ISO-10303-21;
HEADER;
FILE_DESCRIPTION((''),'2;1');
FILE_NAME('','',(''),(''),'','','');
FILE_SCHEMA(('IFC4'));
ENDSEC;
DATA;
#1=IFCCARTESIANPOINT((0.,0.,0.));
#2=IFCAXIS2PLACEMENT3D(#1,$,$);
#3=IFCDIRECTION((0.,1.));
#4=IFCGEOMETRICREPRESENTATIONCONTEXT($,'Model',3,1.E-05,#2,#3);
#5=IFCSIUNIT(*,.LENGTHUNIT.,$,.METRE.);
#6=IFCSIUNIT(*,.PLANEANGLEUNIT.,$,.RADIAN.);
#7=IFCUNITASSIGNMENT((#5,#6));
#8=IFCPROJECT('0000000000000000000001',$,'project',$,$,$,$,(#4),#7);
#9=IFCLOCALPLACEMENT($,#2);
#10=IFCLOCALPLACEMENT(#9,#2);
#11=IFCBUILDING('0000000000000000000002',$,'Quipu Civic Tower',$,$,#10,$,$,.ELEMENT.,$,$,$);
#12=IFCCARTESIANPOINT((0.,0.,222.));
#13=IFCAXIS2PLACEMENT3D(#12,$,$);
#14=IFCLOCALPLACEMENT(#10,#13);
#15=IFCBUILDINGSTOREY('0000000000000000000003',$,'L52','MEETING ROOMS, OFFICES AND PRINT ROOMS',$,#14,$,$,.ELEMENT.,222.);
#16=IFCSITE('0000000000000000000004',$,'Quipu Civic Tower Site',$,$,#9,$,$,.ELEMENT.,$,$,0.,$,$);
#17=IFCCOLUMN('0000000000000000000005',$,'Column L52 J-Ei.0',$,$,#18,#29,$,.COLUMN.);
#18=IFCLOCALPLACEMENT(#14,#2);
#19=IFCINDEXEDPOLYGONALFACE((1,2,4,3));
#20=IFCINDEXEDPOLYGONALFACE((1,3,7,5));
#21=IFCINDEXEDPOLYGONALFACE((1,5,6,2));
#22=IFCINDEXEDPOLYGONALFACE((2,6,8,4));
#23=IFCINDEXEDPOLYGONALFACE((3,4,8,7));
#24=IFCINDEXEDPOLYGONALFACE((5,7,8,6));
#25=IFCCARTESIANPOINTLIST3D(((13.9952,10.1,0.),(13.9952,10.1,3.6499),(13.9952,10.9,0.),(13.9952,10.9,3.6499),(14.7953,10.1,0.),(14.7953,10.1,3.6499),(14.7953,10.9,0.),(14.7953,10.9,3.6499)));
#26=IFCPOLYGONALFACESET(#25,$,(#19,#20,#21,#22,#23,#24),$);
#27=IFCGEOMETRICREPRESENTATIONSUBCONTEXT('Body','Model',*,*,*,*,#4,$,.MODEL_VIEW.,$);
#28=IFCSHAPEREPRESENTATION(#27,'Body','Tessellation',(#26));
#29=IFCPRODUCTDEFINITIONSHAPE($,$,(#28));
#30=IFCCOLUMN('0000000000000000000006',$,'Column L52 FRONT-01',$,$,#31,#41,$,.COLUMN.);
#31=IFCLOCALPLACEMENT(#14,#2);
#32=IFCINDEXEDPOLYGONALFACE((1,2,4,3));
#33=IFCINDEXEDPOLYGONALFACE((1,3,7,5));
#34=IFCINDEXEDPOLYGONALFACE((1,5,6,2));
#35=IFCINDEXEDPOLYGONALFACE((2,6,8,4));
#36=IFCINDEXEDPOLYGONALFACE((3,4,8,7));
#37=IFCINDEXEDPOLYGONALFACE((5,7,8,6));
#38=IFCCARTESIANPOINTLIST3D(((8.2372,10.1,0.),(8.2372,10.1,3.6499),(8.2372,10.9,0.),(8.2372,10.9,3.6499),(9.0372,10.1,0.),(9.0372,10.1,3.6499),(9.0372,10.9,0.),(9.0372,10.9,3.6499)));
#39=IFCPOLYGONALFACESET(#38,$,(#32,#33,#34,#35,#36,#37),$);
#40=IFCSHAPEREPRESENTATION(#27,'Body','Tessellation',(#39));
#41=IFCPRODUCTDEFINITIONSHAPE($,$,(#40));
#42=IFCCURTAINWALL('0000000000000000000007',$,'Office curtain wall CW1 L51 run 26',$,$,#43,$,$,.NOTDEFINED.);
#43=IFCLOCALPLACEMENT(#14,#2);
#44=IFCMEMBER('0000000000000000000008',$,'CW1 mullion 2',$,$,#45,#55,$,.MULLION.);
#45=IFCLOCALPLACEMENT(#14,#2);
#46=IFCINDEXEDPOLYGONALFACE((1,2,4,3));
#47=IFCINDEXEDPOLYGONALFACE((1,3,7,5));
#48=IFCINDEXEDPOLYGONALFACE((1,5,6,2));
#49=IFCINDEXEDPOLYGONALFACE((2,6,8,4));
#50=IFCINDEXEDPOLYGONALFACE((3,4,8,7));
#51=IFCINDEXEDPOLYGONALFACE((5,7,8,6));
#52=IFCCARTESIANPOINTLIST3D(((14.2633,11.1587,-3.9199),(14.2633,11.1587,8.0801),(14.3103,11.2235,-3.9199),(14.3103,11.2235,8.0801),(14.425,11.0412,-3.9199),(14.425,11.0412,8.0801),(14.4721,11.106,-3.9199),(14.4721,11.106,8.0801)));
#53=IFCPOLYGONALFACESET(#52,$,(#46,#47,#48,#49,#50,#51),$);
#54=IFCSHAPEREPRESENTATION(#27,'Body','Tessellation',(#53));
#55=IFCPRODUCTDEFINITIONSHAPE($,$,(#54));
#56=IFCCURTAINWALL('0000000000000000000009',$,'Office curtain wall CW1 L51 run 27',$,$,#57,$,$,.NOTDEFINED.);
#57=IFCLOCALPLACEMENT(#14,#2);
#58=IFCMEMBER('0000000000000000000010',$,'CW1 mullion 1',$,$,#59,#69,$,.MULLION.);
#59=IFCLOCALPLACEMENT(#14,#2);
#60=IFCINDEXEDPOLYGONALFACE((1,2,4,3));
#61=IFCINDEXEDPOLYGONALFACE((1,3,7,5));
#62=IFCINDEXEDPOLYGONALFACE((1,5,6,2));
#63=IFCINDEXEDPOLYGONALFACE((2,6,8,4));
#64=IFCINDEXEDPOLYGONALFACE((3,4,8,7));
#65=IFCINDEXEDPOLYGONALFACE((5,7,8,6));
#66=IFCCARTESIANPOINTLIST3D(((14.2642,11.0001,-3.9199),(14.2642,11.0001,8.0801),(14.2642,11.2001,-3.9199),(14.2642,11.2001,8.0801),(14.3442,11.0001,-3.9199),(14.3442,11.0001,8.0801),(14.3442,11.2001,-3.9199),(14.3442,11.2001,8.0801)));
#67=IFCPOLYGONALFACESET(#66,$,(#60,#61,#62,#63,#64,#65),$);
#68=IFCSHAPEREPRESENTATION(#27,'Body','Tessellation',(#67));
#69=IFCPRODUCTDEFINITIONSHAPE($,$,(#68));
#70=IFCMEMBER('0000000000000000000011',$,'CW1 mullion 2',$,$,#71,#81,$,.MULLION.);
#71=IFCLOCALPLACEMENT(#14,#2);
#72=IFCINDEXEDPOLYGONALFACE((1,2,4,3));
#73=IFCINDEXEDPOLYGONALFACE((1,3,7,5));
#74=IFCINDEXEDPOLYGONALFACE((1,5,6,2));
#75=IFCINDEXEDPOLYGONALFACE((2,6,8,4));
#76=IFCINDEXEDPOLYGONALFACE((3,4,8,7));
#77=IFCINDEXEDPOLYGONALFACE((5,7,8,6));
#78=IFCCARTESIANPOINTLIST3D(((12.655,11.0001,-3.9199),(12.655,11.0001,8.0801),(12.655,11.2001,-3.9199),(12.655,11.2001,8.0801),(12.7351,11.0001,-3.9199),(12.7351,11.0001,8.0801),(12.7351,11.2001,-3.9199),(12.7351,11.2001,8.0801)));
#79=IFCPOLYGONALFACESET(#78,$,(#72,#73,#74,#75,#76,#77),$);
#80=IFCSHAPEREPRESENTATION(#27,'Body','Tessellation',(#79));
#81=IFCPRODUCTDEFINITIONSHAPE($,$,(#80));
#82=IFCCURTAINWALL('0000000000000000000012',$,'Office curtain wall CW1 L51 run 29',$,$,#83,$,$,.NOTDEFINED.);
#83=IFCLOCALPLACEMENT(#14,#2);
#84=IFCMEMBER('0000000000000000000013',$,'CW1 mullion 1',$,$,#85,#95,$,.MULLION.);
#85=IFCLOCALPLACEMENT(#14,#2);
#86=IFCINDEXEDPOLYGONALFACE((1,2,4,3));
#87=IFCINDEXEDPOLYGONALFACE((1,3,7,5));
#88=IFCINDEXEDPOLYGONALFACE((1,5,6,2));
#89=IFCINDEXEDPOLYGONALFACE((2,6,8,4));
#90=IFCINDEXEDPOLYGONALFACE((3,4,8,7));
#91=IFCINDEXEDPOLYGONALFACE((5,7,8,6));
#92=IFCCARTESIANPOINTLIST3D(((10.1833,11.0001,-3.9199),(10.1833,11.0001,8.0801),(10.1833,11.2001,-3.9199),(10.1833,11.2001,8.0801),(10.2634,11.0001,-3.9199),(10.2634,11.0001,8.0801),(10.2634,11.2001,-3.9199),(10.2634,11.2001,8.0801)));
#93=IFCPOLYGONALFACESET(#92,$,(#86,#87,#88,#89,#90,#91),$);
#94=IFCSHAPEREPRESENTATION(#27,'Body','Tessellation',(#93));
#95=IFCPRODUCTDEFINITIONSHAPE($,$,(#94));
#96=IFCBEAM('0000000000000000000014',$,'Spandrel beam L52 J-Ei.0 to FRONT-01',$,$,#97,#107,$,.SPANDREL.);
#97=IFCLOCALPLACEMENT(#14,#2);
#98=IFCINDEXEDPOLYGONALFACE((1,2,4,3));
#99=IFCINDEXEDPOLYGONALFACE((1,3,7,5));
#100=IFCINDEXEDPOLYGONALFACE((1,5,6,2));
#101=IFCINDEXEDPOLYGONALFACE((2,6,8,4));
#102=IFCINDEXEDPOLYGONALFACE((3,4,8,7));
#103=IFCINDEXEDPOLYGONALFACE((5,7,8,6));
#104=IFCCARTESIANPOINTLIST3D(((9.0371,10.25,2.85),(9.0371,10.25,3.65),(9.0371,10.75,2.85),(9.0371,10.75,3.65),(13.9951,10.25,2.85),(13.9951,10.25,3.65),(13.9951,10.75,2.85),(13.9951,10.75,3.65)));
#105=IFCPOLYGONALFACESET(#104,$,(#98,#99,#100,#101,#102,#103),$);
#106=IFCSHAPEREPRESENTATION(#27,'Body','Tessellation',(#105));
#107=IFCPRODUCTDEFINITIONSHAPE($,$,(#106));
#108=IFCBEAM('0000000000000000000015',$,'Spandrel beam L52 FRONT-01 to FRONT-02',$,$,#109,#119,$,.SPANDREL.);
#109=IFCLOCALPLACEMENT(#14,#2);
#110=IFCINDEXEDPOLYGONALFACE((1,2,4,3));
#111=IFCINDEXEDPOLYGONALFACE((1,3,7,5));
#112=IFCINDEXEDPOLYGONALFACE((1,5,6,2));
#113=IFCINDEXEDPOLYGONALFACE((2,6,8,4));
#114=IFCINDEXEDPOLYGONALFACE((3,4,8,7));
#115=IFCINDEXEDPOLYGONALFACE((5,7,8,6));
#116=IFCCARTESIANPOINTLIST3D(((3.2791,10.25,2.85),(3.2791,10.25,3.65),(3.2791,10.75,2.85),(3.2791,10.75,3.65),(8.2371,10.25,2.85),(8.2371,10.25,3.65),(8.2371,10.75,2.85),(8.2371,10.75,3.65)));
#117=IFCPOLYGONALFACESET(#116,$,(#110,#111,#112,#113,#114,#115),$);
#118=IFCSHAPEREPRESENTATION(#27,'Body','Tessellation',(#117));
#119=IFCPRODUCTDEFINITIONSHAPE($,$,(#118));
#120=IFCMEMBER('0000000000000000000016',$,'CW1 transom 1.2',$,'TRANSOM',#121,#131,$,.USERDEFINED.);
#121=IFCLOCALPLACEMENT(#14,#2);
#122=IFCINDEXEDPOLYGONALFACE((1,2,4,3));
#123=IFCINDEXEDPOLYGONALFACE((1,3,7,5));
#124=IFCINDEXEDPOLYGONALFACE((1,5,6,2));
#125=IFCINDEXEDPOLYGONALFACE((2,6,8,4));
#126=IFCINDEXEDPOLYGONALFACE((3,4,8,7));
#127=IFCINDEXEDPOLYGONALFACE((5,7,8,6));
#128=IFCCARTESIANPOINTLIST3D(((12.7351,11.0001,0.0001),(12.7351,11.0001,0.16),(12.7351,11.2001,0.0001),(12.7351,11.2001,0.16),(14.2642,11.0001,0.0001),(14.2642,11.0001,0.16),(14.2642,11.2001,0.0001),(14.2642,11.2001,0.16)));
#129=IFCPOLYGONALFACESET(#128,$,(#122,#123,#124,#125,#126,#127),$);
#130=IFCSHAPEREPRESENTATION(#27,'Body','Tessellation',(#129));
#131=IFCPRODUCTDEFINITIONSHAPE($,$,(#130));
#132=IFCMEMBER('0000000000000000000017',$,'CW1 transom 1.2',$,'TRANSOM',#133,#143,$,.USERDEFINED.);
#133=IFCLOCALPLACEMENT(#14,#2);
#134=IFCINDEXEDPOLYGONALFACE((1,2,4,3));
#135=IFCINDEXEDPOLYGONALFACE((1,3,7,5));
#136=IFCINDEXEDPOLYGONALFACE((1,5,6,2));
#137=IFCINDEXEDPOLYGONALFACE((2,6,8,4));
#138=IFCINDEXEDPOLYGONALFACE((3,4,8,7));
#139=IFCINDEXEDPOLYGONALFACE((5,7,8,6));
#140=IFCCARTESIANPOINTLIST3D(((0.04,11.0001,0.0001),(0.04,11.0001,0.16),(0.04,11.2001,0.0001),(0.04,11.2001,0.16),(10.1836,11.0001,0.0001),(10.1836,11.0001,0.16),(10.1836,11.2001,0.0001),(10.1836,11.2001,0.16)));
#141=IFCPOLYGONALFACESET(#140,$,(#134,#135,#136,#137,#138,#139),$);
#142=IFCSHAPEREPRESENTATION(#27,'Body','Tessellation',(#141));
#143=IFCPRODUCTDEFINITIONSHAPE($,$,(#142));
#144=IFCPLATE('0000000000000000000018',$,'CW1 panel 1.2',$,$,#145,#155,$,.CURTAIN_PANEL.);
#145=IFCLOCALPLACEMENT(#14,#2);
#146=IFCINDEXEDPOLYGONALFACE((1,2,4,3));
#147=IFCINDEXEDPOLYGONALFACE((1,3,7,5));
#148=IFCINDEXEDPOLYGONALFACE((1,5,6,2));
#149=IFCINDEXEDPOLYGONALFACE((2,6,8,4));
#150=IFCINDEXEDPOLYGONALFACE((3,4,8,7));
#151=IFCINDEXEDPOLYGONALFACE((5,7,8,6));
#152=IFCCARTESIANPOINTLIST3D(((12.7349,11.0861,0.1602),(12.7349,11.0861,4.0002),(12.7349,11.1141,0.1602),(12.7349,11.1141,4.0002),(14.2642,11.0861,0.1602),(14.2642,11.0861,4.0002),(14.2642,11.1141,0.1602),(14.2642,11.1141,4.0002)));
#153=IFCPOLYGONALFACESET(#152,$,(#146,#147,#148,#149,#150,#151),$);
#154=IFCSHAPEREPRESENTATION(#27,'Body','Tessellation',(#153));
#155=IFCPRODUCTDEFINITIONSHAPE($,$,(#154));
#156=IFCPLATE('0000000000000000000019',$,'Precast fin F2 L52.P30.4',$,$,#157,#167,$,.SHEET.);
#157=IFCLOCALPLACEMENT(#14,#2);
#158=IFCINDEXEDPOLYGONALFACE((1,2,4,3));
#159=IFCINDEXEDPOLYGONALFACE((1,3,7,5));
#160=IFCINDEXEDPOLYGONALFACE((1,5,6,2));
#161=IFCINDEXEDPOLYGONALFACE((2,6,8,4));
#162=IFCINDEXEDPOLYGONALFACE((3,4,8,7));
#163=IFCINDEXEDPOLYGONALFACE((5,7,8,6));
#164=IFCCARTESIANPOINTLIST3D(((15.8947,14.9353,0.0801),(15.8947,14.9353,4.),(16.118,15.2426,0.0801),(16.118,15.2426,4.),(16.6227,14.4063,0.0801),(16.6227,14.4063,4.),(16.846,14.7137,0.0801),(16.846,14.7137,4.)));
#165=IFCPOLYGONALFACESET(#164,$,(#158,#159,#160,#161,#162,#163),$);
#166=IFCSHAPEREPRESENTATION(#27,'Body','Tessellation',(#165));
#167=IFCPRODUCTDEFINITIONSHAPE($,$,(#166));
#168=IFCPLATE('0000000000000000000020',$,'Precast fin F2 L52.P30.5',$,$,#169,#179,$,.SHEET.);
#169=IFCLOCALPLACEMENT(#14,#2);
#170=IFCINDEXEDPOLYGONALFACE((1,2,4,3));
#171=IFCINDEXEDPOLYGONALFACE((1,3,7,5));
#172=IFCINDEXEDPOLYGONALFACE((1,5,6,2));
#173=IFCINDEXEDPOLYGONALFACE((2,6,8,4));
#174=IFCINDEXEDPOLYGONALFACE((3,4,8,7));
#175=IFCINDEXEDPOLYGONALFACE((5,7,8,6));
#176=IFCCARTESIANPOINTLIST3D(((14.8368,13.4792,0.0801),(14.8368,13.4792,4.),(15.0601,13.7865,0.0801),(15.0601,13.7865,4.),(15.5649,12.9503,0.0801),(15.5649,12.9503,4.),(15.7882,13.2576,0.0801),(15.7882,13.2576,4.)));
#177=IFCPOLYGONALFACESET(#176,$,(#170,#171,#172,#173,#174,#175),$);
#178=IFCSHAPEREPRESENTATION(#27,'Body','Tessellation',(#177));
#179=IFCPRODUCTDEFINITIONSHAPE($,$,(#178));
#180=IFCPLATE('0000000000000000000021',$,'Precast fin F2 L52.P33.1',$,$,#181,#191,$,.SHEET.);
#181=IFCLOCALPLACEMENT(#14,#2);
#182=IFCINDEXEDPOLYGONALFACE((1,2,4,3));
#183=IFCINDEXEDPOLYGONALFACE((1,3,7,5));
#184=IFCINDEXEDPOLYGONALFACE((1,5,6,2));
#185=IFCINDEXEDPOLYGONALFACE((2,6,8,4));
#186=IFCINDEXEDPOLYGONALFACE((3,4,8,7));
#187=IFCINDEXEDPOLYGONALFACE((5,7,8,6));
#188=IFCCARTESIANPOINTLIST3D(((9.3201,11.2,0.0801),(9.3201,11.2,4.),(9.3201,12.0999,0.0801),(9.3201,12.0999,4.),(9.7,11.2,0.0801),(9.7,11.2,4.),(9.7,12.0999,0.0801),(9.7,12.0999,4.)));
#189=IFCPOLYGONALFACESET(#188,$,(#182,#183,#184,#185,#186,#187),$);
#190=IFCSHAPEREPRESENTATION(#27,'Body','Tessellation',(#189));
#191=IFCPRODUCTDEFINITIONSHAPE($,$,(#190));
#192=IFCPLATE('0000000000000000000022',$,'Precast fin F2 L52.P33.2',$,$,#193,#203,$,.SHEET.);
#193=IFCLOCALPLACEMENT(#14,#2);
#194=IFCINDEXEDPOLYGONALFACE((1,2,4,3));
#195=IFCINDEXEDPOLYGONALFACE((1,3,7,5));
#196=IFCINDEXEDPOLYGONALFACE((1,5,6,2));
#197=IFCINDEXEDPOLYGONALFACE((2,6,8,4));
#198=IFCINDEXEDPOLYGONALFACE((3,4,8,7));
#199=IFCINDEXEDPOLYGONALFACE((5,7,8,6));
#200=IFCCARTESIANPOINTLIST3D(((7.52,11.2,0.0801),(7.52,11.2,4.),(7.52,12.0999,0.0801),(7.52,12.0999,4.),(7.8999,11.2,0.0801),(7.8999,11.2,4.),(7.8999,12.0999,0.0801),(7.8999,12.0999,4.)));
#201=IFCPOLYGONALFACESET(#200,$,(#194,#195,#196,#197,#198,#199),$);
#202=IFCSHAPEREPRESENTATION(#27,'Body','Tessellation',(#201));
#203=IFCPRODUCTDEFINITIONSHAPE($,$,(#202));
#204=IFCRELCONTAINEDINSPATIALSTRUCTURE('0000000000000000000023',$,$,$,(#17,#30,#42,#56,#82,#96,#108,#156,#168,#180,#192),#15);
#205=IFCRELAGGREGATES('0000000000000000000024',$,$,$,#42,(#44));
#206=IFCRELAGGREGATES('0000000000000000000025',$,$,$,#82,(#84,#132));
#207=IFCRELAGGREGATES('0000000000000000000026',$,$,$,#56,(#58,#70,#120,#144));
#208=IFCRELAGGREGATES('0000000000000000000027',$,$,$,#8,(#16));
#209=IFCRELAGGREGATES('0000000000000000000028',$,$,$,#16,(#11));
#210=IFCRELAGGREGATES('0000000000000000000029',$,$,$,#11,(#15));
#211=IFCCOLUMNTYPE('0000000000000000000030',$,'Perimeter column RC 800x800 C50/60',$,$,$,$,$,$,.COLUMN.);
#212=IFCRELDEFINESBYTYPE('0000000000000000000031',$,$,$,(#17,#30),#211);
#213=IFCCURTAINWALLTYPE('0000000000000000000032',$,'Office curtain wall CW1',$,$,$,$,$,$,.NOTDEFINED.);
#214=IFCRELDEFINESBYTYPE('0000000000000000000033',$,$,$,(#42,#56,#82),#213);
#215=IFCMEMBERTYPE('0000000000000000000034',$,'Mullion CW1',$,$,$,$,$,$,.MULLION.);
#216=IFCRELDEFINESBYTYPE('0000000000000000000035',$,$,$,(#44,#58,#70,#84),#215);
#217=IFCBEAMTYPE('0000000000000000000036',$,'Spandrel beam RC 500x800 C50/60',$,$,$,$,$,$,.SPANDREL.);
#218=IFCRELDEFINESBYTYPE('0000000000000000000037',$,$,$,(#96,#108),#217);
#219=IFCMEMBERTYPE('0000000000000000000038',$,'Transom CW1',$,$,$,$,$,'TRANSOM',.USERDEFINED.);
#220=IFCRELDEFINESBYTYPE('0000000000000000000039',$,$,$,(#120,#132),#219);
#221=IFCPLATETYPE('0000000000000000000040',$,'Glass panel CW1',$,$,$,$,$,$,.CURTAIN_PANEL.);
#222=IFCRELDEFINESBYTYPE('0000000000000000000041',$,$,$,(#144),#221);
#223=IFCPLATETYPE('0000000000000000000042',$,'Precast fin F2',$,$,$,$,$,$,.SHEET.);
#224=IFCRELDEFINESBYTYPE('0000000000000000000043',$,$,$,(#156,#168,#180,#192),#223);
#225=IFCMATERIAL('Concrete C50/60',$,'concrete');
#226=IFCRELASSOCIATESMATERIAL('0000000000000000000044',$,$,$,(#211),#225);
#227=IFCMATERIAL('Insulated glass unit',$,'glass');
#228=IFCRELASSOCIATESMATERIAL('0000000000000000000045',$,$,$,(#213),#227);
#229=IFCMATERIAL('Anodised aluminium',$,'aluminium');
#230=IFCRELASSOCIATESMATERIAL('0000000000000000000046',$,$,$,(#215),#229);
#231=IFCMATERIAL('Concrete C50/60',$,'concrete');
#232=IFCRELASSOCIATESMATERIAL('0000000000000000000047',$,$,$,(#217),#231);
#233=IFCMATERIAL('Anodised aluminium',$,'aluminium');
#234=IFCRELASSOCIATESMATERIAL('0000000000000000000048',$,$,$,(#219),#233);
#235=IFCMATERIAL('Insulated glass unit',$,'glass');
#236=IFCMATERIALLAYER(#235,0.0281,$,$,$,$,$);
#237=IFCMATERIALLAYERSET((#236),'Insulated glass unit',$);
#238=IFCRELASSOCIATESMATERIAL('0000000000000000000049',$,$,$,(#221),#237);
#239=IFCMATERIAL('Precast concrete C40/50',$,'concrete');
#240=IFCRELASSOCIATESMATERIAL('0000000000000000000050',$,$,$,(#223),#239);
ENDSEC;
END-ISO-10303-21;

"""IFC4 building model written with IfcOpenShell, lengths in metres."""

from ifc_helpers import new_model, si_unit, direction, frame, origin, origin_2d, place, context, subcontext, project, spatial, rectangle, extrude, material, layer, layer_set, material_profile, profile_set, type_object, element, aggregate, save


model = new_model("IFC4")

# Units and contexts
model_context = context("Model", 3, precision=1e-05, world=origin(), true_north=direction((0.0, 1.0)))
body_context = subcontext(model_context, "Body", "Model", "MODEL_VIEW")
ifc_project = project(units=[si_unit("LENGTHUNIT", "METRE"), si_unit("PLANEANGLEUNIT", "RADIAN")], contexts=[model_context])

# Site, building, storey
site_placement = place(None, origin())
site = spatial("IfcSite", under=ifc_project, at=site_placement, Name="Quipu Civic Tower Site", CompositionType="ELEMENT", RefElevation=0.0)
building_placement = place(site_placement, origin())
building = spatial("IfcBuilding", under=site, at=building_placement, Name="Quipu Civic Tower", CompositionType="ELEMENT")
storey_placement = place(building_placement, frame((0.0, 0.0, 222.0)))
storey = spatial("IfcBuildingStorey", under=building, at=storey_placement, Name="L52", Description="MEETING ROOMS, OFFICES AND PRINT ROOMS", CompositionType="ELEMENT", Elevation=222.0)

# Columns
ifc_material_1 = material(Name="Concrete C50/60", Category="concrete")
ifc_material_profile_1 = material_profile(ifc_material_1, rectangle(XDim=0.8, YDim=0.8, at=origin_2d()), Name="RC800x800")
ifc_profile_set_1 = profile_set([ifc_material_profile_1], Name="Concrete C50/60")
column_type = type_object("IfcColumnType", Name="Perimeter column RC 800x800 C50/60", PredefinedType="COLUMN", material=ifc_profile_set_1)
for number, where, z_axis, x_axis, name in (
    (1, (14.3953, 10.5, 0.0), (0.0, 0.0, 1.0), (-1.0, 0.0, 0.0), "Column L52 J-Ei.0"),
    (2, (8.6372, 10.5, 0.0), (0.0, 0.0, 1.0), (-1.0, 0.0, 0.0), "Column L52 FRONT-01"),
):
    element("IfcColumn", number, at=place(storey_placement, frame(where, z_axis=z_axis, x_axis=x_axis)), inside=storey, type_object=column_type, Name=name, PredefinedType="COLUMN", context=body_context, shape_type="SweptSolid", body=[
        extrude(rectangle(XDim=0.8, YDim=0.8, at=origin_2d()), origin(), (0.0, 0.0, 1.0), 3.6499),
    ])

# Curtain wall, member
ifc_material_2 = material(Name="Insulated glass unit", Category="glass")
curtain_wall_type = type_object("IfcCurtainWallType", Name="Office curtain wall CW1", PredefinedType="NOTDEFINED", material=ifc_material_2)
curtain_wall_1_placement = place(storey_placement, origin())
curtain_wall_1 = element("IfcCurtainWall", 3, at=curtain_wall_1_placement, inside=storey, type_object=curtain_wall_type, Name="Office curtain wall CW1 L51 run 26", PredefinedType="NOTDEFINED")
ifc_material_3 = material(Name="Anodised aluminium", Category="aluminium")
ifc_material_profile_2 = material_profile(ifc_material_3, rectangle(XDim=0.2, YDim=0.0801, at=origin_2d()), Name="RECT 200x80")
ifc_profile_set_2 = profile_set([ifc_material_profile_2], Name="Anodised aluminium")
member_type_1 = type_object("IfcMemberType", Name="Mullion CW1", PredefinedType="MULLION", material=ifc_profile_set_2)
member_1_placement = place(storey_placement, frame((14.3677, 11.1323, -3.9199), z_axis=(0.0, 0.0, 1.0), x_axis=(0.809015, -0.587788, 0.0)))
member_1 = element("IfcMember", 4, at=member_1_placement, type_object=member_type_1, Name="CW1 mullion 2", PredefinedType="MULLION", context=body_context, shape_type="SweptSolid", body=[
    extrude(rectangle(XDim=0.2, YDim=0.0801, at=origin_2d()), origin(), (0.0, 0.0, 1.0), 12.0),
])
aggregate(curtain_wall_1, [member_1])

# Curtain wall, members
curtain_wall_2_placement = place(storey_placement, origin())
curtain_wall_2 = element("IfcCurtainWall", 5, at=curtain_wall_2_placement, inside=storey, type_object=curtain_wall_type, Name="Office curtain wall CW1 L51 run 27", PredefinedType="NOTDEFINED")
member_2_placement = place(storey_placement, frame((14.3042, 11.1001, -3.9199), z_axis=(0.0, 0.0, 1.0), x_axis=(0.0, -1.0, 0.0)))
member_2 = element("IfcMember", 6, at=member_2_placement, type_object=member_type_1, Name="CW1 mullion 1", PredefinedType="MULLION", context=body_context, shape_type="SweptSolid", body=[
    extrude(rectangle(XDim=0.2, YDim=0.0801, at=origin_2d()), origin(), (0.0, 0.0, 1.0), 12.0),
])
member_3_placement = place(storey_placement, frame((12.6951, 11.1001, -3.9199), z_axis=(0.0, 0.0, 1.0), x_axis=(0.0, -1.0, 0.0)))
member_3 = element("IfcMember", 7, at=member_3_placement, type_object=member_type_1, Name="CW1 mullion 2", PredefinedType="MULLION", context=body_context, shape_type="SweptSolid", body=[
    extrude(rectangle(XDim=0.2, YDim=0.0801, at=origin_2d()), origin(), (0.0, 0.0, 1.0), 12.0),
])

# Curtain wall, member
curtain_wall_3_placement = place(storey_placement, origin())
curtain_wall_3 = element("IfcCurtainWall", 8, at=curtain_wall_3_placement, inside=storey, type_object=curtain_wall_type, Name="Office curtain wall CW1 L51 run 29", PredefinedType="NOTDEFINED")
member_4_placement = place(storey_placement, frame((10.2234, 11.1001, -3.9199), z_axis=(0.0, 0.0, 1.0), x_axis=(0.0, -1.0, 0.0)))
member_4 = element("IfcMember", 9, at=member_4_placement, type_object=member_type_1, Name="CW1 mullion 1", PredefinedType="MULLION", context=body_context, shape_type="SweptSolid", body=[
    extrude(rectangle(XDim=0.2, YDim=0.0801, at=origin_2d()), origin(), (0.0, 0.0, 1.0), 12.0),
])

# Beams
ifc_material_4 = material(Name="Concrete C50/60", Category="concrete")
ifc_material_profile_3 = material_profile(ifc_material_4, rectangle(XDim=0.5, YDim=0.8, at=origin_2d()), Name="RC500x800")
ifc_profile_set_3 = profile_set([ifc_material_profile_3], Name="Concrete C50/60")
beam_type = type_object("IfcBeamType", Name="Spandrel beam RC 500x800 C50/60", PredefinedType="SPANDREL", material=ifc_profile_set_3)
for number, where, z_axis, x_axis, name in (
    (10, (13.9951, 10.5, 3.25), (-1.0, 0.0, 0.0), (0.0, -1.0, 0.0), "Spandrel beam L52 J-Ei.0 to FRONT-01"),
    (11, (8.2371, 10.5, 3.25), (-1.0, 0.0, 0.0), (0.0, -1.0, 0.0), "Spandrel beam L52 FRONT-01 to FRONT-02"),
):
    element("IfcBeam", number, at=place(storey_placement, frame(where, z_axis=z_axis, x_axis=x_axis)), inside=storey, type_object=beam_type, Name=name, PredefinedType="SPANDREL", context=body_context, shape_type="SweptSolid", body=[
        extrude(rectangle(XDim=0.5, YDim=0.8, at=origin_2d()), origin(), (0.0, 0.0, 1.0), 4.958),
    ])

# Members
ifc_material_5 = material(Name="Anodised aluminium", Category="aluminium")
ifc_material_profile_4 = material_profile(ifc_material_5, rectangle(XDim=0.2, YDim=0.1599, at=origin_2d()), Name="RECT 200x160")
ifc_profile_set_4 = profile_set([ifc_material_profile_4], Name="Anodised aluminium")
member_type_2 = type_object("IfcMemberType", Name="Transom CW1", ElementType="TRANSOM", PredefinedType="USERDEFINED", material=ifc_profile_set_4)
member_5_placement = place(storey_placement, frame((14.2642, 11.1001, 0.0801), z_axis=(-1.0, 0.0, 0.0), x_axis=(0.0, -1.0, 0.0)))
member_5 = element("IfcMember", 12, at=member_5_placement, type_object=member_type_2, Name="CW1 transom 1.2", ObjectType="TRANSOM", PredefinedType="USERDEFINED", context=body_context, shape_type="SweptSolid", body=[
    extrude(rectangle(XDim=0.2, YDim=0.1599, at=origin_2d()), origin(), (0.0, 0.0, 1.0), 1.5291),
])
member_6_placement = place(storey_placement, frame((10.1836, 11.1001, 0.0801), z_axis=(-1.0, 0.0, 0.0), x_axis=(0.0, -1.0, 0.0)))
member_6 = element("IfcMember", 13, at=member_6_placement, type_object=member_type_2, Name="CW1 transom 1.2", ObjectType="TRANSOM", PredefinedType="USERDEFINED", context=body_context, shape_type="SweptSolid", body=[
    extrude(rectangle(XDim=0.2, YDim=0.1599, at=origin_2d()), origin(), (0.0, 0.0, 1.0), 10.1436),
])
aggregate(curtain_wall_3, [member_4, member_6])

# Plate
ifc_material_6 = material(Name="Insulated glass unit", Category="glass")
ifc_layer_1 = layer(ifc_material_6, 0.0281)
ifc_layer_set_1 = layer_set([ifc_layer_1], Name="Insulated glass unit")
plate_type_1 = type_object("IfcPlateType", Name="Glass panel CW1", PredefinedType="CURTAIN_PANEL", material=ifc_layer_set_1)
plate_placement = place(storey_placement, frame((13.4995, 11.1001, 0.1602), z_axis=(0.0, 0.0, 1.0), x_axis=(-1.0, 0.0, 0.0)))
plate = element("IfcPlate", 14, at=plate_placement, type_object=plate_type_1, Name="CW1 panel 1.2", PredefinedType="CURTAIN_PANEL", context=body_context, shape_type="SweptSolid", body=[
    extrude(rectangle(XDim=1.5293, YDim=0.0281, at=origin_2d()), origin(), (0.0, 0.0, 1.0), 3.8401),
])
aggregate(curtain_wall_2, [member_2, member_3, member_5, plate])

# Plates
ifc_material_7 = material(Name="Precast concrete C40/50", Category="concrete")
plate_type_2 = type_object("IfcPlateType", Name="Precast fin F2", PredefinedType="SHEET", material=ifc_material_7)
for number, where, z_axis, x_axis, name in (
    (15, (16.3704, 14.8245, 0.0801), (0.0, 0.0, 1.0), (-0.587784, -0.809018, 0.0), "Precast fin F2 L52.P30.4"),
    (16, (15.3125, 13.3684, 0.0801), (0.0, 0.0, 1.0), (-0.587784, -0.809018, 0.0), "Precast fin F2 L52.P30.5"),
    (17, (9.51, 11.6499, 0.0801), (0.0, 0.0, 1.0), (-1.0, 0.0, 0.0), "Precast fin F2 L52.P33.1"),
    (18, (7.71, 11.6499, 0.0801), (0.0, 0.0, 1.0), (-1.0, 0.0, 0.0), "Precast fin F2 L52.P33.2"),
):
    element("IfcPlate", number, at=place(storey_placement, frame(where, z_axis=z_axis, x_axis=x_axis)), inside=storey, type_object=plate_type_2, Name=name, PredefinedType="SHEET", context=body_context, shape_type="SweptSolid", body=[
        extrude(rectangle(XDim=0.3799, YDim=0.8999, at=origin_2d()), origin(), (0.0, 0.0, 1.0), 3.9199),
    ])

save(model, "model.ifc")
